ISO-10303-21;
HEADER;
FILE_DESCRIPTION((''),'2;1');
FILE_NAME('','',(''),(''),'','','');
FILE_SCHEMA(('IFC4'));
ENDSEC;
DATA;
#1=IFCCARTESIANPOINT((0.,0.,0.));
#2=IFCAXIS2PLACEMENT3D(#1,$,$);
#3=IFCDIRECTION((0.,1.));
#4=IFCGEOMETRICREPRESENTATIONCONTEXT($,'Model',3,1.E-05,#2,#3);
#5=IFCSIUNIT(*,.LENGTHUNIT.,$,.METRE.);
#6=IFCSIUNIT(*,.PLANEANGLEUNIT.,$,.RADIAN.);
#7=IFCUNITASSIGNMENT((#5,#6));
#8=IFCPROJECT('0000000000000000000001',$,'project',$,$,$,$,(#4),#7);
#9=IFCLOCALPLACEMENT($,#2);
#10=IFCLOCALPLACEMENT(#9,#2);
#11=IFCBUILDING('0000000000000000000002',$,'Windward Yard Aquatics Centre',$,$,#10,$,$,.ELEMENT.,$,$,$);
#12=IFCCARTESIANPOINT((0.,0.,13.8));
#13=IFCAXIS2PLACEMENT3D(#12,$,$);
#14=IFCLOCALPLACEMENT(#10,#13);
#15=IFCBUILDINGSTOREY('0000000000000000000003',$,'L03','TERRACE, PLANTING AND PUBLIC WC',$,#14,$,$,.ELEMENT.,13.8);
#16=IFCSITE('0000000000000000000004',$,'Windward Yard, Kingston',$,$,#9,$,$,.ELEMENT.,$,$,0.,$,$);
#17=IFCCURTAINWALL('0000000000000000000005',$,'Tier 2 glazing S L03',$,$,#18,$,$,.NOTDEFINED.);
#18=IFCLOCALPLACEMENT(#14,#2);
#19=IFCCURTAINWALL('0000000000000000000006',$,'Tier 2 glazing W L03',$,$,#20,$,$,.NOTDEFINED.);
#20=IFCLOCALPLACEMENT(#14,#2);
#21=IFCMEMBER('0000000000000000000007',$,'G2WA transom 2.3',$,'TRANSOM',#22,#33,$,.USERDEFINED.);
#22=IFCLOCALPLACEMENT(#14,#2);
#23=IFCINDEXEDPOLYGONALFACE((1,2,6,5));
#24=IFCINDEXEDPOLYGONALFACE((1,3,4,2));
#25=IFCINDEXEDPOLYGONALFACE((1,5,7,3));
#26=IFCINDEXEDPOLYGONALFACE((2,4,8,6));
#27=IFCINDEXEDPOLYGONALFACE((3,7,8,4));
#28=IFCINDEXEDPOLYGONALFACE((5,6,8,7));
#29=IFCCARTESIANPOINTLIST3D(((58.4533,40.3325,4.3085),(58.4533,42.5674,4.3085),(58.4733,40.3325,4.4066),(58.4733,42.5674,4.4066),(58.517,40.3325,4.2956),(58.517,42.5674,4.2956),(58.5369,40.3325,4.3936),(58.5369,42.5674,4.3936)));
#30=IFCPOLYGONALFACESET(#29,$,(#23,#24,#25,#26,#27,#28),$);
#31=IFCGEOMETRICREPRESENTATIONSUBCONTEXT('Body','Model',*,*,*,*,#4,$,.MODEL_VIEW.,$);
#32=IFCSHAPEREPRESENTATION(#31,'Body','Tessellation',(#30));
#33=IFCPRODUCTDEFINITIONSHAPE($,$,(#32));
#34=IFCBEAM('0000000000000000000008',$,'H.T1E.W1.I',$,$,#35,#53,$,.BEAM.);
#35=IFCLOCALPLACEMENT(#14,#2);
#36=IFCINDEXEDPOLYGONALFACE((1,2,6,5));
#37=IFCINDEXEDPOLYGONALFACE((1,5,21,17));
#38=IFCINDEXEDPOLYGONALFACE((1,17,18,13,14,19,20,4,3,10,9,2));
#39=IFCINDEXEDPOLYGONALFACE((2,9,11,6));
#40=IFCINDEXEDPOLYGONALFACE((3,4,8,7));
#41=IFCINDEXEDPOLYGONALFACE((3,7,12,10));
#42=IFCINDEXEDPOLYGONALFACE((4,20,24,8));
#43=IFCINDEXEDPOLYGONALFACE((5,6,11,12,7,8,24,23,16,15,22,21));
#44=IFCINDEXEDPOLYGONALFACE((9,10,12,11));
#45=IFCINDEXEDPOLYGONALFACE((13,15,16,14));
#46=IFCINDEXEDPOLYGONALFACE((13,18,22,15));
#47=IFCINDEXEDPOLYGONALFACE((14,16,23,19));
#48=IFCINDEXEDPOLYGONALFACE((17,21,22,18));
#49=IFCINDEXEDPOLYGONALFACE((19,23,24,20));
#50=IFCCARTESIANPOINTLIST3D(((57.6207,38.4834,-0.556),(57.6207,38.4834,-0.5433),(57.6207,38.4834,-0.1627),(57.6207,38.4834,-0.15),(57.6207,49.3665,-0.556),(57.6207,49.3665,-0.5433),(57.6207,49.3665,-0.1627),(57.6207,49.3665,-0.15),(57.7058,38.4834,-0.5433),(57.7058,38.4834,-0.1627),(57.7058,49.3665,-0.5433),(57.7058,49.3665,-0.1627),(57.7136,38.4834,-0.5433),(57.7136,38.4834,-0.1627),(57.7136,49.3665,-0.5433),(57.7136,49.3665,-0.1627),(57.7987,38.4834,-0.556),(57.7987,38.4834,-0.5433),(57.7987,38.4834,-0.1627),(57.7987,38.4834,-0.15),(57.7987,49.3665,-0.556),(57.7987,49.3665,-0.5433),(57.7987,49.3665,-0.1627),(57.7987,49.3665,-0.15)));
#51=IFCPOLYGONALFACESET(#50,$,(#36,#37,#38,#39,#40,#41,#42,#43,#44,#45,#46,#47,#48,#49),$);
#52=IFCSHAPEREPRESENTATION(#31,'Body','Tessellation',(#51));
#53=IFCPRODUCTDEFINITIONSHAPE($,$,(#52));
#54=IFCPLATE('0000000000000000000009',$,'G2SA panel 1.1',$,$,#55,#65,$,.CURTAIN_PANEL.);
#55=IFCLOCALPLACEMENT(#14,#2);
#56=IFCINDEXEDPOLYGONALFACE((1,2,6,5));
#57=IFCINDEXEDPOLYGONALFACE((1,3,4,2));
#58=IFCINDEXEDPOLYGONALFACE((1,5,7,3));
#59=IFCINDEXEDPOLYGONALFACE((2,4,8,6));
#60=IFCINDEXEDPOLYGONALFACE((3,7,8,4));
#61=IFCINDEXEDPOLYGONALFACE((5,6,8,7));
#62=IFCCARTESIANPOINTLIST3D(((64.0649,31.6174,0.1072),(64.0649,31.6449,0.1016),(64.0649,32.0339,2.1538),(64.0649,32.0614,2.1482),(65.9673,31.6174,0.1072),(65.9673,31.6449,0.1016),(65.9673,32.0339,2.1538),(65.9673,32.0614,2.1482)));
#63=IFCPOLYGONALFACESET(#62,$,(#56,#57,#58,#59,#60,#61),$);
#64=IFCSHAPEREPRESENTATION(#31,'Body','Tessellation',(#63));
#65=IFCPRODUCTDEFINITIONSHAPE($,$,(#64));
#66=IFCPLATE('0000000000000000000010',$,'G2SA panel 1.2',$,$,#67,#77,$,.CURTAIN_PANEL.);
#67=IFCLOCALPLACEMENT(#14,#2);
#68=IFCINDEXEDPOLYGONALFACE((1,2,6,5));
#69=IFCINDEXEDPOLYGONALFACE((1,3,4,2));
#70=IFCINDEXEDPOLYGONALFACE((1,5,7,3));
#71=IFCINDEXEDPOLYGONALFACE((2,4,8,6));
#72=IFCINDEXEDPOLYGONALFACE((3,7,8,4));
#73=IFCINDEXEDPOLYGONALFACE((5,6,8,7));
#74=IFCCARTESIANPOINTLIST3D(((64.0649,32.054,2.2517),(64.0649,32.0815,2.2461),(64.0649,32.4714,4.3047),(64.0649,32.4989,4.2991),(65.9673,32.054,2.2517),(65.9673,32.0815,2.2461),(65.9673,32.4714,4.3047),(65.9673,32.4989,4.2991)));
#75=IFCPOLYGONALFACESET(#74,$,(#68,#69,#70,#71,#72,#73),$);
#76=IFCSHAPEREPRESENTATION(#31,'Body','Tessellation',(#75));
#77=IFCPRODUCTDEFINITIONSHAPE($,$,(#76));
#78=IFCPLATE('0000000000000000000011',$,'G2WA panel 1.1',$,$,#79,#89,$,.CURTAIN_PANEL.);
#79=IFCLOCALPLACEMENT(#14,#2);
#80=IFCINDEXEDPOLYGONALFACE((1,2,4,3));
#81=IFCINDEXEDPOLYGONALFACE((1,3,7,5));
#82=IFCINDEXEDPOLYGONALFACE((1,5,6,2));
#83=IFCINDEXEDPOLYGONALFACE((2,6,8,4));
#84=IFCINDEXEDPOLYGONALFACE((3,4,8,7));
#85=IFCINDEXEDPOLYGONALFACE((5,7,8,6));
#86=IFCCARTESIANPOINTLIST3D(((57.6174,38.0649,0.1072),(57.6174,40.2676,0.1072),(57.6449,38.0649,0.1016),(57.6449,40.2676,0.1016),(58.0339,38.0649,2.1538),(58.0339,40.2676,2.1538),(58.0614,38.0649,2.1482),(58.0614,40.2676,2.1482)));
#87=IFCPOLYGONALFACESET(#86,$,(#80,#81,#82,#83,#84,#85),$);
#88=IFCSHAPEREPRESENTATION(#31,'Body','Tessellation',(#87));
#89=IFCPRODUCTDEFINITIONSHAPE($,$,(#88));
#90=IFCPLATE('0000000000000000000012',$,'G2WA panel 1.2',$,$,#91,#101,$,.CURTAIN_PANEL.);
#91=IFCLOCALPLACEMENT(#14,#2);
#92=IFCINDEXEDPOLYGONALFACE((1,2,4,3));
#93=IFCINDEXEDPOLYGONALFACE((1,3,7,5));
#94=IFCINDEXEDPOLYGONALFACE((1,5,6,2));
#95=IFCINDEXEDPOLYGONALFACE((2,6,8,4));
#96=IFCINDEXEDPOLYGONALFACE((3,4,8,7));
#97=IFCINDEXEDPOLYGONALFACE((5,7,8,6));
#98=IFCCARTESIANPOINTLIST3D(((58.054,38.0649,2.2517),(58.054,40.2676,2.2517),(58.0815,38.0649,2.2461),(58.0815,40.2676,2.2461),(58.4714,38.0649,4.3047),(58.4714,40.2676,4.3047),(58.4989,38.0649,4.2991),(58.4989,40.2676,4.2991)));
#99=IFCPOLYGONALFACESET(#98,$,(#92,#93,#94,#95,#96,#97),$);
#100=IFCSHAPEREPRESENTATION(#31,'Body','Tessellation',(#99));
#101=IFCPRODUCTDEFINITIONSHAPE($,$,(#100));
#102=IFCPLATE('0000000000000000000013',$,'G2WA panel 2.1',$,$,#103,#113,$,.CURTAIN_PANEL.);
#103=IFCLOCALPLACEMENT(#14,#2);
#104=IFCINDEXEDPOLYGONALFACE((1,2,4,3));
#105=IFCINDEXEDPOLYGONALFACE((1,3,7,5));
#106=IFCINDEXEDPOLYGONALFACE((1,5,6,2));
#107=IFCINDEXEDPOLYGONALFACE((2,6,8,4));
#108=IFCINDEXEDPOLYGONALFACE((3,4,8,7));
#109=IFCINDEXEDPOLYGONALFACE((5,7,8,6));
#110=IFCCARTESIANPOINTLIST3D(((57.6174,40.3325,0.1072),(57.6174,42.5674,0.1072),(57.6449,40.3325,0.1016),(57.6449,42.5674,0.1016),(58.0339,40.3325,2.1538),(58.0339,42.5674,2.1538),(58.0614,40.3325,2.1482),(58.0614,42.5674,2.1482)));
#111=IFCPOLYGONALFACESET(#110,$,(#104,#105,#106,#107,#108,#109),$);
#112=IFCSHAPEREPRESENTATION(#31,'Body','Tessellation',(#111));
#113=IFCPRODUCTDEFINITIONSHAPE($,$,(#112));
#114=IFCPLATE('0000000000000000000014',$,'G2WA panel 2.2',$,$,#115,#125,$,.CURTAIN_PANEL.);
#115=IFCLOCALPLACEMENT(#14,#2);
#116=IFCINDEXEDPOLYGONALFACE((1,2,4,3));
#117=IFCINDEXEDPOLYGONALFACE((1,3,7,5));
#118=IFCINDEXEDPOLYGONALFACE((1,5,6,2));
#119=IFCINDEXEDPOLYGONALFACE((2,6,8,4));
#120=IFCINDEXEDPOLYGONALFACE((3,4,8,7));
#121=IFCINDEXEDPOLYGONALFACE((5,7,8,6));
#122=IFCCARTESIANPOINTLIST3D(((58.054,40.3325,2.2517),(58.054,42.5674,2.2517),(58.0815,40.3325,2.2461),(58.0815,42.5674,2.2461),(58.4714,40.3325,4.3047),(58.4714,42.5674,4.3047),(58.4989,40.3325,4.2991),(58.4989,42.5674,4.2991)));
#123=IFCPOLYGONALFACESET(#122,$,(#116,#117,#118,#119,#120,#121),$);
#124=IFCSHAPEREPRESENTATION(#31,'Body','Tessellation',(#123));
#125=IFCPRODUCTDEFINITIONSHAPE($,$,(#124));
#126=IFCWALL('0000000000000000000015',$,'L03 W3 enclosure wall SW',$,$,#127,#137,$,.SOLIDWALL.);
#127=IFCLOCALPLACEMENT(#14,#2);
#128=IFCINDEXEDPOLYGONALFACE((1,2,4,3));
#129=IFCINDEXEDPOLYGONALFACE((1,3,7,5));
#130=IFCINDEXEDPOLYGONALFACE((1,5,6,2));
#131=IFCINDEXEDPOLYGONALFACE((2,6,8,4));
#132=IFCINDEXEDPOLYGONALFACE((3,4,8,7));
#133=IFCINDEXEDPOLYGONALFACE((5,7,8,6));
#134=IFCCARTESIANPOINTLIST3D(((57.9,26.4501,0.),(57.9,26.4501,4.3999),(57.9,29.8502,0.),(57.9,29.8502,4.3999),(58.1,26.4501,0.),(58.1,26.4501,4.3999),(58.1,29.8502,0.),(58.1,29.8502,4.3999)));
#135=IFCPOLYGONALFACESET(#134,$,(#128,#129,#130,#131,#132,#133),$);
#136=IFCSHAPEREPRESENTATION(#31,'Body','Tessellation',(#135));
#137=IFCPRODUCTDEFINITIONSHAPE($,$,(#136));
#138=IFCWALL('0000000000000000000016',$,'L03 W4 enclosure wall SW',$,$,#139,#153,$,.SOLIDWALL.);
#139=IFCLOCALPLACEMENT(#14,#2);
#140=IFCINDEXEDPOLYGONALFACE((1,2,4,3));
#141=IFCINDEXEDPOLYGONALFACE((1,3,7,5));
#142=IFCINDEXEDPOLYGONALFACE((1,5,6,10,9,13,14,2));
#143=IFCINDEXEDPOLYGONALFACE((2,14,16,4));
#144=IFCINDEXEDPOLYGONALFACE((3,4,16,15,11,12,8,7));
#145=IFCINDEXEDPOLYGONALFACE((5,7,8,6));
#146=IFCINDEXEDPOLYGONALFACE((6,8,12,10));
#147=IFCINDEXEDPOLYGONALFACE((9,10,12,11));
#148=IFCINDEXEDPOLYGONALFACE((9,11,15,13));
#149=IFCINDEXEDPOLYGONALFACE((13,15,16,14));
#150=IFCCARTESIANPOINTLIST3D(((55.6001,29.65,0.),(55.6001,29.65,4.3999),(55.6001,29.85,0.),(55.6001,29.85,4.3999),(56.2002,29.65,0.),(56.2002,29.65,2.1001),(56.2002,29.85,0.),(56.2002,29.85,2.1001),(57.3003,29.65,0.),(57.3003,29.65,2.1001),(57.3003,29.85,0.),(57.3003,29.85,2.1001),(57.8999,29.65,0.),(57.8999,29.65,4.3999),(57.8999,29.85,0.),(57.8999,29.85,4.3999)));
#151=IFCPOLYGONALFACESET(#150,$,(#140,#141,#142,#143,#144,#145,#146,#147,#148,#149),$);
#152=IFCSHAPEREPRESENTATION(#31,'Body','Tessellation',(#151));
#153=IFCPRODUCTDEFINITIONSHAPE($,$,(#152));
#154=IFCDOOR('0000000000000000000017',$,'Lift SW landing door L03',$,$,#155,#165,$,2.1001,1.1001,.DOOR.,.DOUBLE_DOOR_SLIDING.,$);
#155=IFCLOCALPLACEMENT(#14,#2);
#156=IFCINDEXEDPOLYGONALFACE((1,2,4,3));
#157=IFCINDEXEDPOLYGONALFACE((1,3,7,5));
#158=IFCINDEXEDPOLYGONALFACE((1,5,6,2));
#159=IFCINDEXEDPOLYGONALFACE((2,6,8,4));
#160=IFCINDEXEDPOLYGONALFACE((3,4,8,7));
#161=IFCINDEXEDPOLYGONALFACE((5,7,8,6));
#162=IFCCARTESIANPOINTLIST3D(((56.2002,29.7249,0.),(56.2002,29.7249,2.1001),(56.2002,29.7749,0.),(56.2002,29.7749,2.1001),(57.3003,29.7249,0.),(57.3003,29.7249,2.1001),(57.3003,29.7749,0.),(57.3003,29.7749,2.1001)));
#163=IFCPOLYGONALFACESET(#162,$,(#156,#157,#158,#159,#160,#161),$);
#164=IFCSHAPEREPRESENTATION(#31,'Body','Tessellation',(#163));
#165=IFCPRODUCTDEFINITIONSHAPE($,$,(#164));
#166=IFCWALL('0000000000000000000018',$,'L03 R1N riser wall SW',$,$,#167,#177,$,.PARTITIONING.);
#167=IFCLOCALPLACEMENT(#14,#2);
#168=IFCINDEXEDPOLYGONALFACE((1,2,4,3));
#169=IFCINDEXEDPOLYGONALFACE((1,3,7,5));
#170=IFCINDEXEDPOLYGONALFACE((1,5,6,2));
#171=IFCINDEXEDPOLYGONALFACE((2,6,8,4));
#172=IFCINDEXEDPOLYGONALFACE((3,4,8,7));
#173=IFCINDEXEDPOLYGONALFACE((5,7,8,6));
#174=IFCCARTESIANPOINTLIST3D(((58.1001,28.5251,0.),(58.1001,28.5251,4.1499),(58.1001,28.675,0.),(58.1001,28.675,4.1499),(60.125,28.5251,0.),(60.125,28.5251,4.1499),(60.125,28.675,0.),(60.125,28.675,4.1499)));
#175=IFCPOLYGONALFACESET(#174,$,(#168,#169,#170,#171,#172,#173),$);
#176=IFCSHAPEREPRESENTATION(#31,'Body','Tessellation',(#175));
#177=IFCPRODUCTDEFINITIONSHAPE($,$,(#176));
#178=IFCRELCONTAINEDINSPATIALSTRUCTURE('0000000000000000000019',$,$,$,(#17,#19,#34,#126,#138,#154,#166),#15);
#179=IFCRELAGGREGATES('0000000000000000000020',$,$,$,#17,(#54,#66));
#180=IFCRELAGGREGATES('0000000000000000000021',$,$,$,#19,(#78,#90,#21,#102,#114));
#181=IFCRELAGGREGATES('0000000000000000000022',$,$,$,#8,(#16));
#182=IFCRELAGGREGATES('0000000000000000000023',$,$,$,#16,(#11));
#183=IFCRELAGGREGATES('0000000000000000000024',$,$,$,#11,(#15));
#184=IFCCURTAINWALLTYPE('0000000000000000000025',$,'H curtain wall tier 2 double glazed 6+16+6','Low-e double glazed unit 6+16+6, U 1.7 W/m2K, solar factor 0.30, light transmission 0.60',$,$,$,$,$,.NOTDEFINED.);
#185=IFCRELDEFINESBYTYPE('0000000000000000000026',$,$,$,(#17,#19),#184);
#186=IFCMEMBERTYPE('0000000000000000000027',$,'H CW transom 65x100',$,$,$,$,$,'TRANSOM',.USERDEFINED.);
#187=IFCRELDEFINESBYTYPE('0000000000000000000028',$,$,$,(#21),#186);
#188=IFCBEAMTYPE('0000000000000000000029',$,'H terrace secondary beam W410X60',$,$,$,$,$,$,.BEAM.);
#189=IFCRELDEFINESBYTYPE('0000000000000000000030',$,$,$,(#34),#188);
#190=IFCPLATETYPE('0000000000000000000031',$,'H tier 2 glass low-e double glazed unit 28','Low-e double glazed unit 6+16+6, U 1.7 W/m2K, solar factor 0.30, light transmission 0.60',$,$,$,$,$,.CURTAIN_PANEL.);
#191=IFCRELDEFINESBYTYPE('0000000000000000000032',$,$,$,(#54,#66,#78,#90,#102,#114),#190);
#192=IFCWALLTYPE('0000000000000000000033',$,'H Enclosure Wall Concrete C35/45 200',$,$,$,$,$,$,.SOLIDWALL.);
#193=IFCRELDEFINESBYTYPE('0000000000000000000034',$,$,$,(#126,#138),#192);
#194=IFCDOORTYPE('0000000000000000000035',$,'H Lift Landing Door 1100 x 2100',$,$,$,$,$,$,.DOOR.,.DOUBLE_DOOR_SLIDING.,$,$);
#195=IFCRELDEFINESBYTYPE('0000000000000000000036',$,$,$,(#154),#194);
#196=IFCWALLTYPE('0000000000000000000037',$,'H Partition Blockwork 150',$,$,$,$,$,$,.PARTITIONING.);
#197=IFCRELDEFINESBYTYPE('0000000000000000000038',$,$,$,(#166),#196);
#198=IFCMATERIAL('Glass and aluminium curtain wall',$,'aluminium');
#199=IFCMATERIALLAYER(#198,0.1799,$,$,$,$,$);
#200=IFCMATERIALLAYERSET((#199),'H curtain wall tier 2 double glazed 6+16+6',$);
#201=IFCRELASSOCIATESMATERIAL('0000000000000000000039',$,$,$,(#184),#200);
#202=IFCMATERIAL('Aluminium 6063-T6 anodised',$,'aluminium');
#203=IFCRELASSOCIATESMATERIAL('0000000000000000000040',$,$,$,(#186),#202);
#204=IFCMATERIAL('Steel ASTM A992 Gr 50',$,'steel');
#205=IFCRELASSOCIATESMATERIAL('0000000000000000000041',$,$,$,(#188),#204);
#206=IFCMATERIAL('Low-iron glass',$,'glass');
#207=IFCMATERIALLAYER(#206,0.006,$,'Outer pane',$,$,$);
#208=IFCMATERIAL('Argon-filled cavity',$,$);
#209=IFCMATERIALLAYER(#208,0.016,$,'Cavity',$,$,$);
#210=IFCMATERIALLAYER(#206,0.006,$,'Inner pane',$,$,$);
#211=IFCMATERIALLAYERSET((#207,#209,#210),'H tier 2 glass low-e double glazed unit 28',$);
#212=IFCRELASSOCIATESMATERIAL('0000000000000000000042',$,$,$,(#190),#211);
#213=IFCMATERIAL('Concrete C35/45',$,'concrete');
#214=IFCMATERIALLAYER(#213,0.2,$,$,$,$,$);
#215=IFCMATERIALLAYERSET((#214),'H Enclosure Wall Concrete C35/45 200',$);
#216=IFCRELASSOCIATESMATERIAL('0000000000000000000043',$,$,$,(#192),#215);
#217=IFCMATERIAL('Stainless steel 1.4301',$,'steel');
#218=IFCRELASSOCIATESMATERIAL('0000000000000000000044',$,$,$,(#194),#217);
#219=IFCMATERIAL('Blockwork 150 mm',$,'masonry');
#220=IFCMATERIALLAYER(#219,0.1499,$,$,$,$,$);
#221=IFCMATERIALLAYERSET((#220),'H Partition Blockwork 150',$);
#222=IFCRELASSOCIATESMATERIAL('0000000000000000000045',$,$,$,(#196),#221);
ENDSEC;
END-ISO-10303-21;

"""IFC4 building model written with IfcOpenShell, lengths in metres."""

from ifc_helpers import new_model, si_unit, direction, frame, frame_2d, origin, origin_2d, place, context, subcontext, project, spatial, polyline, rectangle, i_section, outline, extrude, material, layer, layer_set, material_profile, profile_set, type_object, element, fill, aggregate, save


model = new_model("IFC4")

# Units and contexts
model_context = context("Model", 3, precision=1e-05, world=origin(), true_north=direction((0.0, 1.0)))
body_context = subcontext(model_context, "Body", "Model", "MODEL_VIEW")
ifc_project = project(units=[si_unit("LENGTHUNIT", "METRE"), si_unit("PLANEANGLEUNIT", "RADIAN")], contexts=[model_context])

# Site, building, storey
site_placement = place(None, origin())
site = spatial("IfcSite", under=ifc_project, at=site_placement, Name="Windward Yard, Kingston", CompositionType="ELEMENT", RefElevation=0.0)
building_placement = place(site_placement, origin())
building = spatial("IfcBuilding", under=site, at=building_placement, Name="Windward Yard Aquatics Centre", CompositionType="ELEMENT")
storey_placement = place(building_placement, frame((0.0, 0.0, 13.8)))
storey = spatial("IfcBuildingStorey", under=building, at=storey_placement, Name="L03", Description="TERRACE, PLANTING AND PUBLIC WC", CompositionType="ELEMENT", Elevation=13.8)

# Curtain wall
ifc_material_1 = material(Name="Glass and aluminium curtain wall", Category="aluminium")
ifc_layer_1 = layer(ifc_material_1, 0.1799)
ifc_layer_set_1 = layer_set([ifc_layer_1], Name="H curtain wall tier 2 double glazed 6+16+6")
curtain_wall_type = type_object("IfcCurtainWallType", Name="H curtain wall tier 2 double glazed 6+16+6", Description="Low-e double glazed unit 6+16+6, U 1.7 W/m2K, solar factor 0.30, light transmission 0.60", PredefinedType="NOTDEFINED", material=ifc_layer_set_1)
curtain_wall_1_placement = place(storey_placement, origin())
curtain_wall_1 = element("IfcCurtainWall", 1, at=curtain_wall_1_placement, inside=storey, type_object=curtain_wall_type, Name="Tier 2 glazing S L03", PredefinedType="NOTDEFINED")
ifc_material_2 = material(Name="Aluminium 6063-T6 anodised", Category="aluminium")

# Curtain wall
curtain_wall_2_placement = place(storey_placement, origin())
curtain_wall_2 = element("IfcCurtainWall", 2, at=curtain_wall_2_placement, inside=storey, type_object=curtain_wall_type, Name="Tier 2 glazing W L03", PredefinedType="NOTDEFINED")

# Member
ifc_material_profile_1 = material_profile(ifc_material_2, rectangle(XDim=0.0649, YDim=0.1001, at=origin_2d()), Name="H CW transom 65x100")
ifc_profile_set_1 = profile_set([ifc_material_profile_1], Name="Aluminium 6063-T6 anodised")
member_type_1 = type_object("IfcMemberType", Name="H CW transom 65x100", ElementType="TRANSOM", PredefinedType="USERDEFINED", material=ifc_profile_set_1)
member_1_placement = place(storey_placement, frame((58.4951, 40.3325, 4.3511), z_axis=(0.0, 1.0, 0.0), x_axis=(-0.979925, 0.0, 0.199368)))
member_1 = element("IfcMember", 3, at=member_1_placement, type_object=member_type_1, Name="G2WA transom 2.3", ObjectType="TRANSOM", PredefinedType="USERDEFINED", context=body_context, shape_type="SweptSolid", body=[
    extrude(rectangle(XDim=0.0649, YDim=0.1001, at=origin_2d()), origin(), (0.0, 0.0, 1.0), 2.2349),
])

# Beam
ifc_material_3 = material(Name="Steel ASTM A992 Gr 50", Category="steel")
ifc_material_profile_2 = material_profile(ifc_material_3, i_section(OverallWidth=0.178, OverallDepth=0.406, WebThickness=0.0078, FlangeThickness=0.0127, at=origin_2d()), Name="W410X60")
ifc_profile_set_2 = profile_set([ifc_material_profile_2], Name="Steel ASTM A992 Gr 50")
beam_type = type_object("IfcBeamType", Name="H terrace secondary beam W410X60", PredefinedType="BEAM", material=ifc_profile_set_2)
beam_placement = place(storey_placement, frame((57.7097, 38.4834, -0.353), z_axis=(0.0, 1.0, 0.0), x_axis=(-1.0, 0.0, 0.0)))
element("IfcBeam", 4, at=beam_placement, inside=storey, type_object=beam_type, Name="H.T1E.W1.I", PredefinedType="BEAM", context=body_context, shape_type="SweptSolid", body=[
    extrude(i_section(OverallWidth=0.178, OverallDepth=0.406, WebThickness=0.0078, FlangeThickness=0.0127, at=origin_2d()), origin(), (0.0, 0.0, 1.0), 10.8831),
])

# Plates
ifc_material_4 = material(Name="Low-iron glass", Category="glass")
ifc_layer_2 = layer(ifc_material_4, 0.006, Name="Outer pane")
ifc_material_5 = material(Name="Argon-filled cavity")
ifc_layer_3 = layer(ifc_material_5, 0.016, Name="Cavity")
ifc_layer_4 = layer(ifc_material_4, 0.006, Name="Inner pane")
ifc_layer_set_2 = layer_set([ifc_layer_2, ifc_layer_3, ifc_layer_4], Name="H tier 2 glass low-e double glazed unit 28")
plate_type = type_object("IfcPlateType", Name="H tier 2 glass low-e double glazed unit 28", Description="Low-e double glazed unit 6+16+6, U 1.7 W/m2K, solar factor 0.30, light transmission 0.60", PredefinedType="CURTAIN_PANEL", material=ifc_layer_set_2)
plate_1_placement = place(storey_placement, frame((64.0649, 31.6174, 0.1072), z_axis=(0.0, -0.979914, 0.199419), x_axis=(1.0, 0.0, 0.0)))
plate_1 = element("IfcPlate", 5, at=plate_1_placement, type_object=plate_type, Name="G2SA panel 1.1", PredefinedType="CURTAIN_PANEL", context=body_context, shape_type="SweptSolid", body=[
    extrude(outline(polyline([(0.0, 0.0), (1.9023, 0.0), (1.9023, 2.0886), (0.0, 2.0886), (0.0, 0.0)])), origin(), (0.0, 0.0, -1.0), 0.0281),
])
plate_2_placement = place(storey_placement, frame((64.0649, 32.054, 2.2517), z_axis=(0.0, -0.979944, 0.199275), x_axis=(1.0, 0.0, 0.0)))
plate_2 = element("IfcPlate", 6, at=plate_2_placement, type_object=plate_type, Name="G2SA panel 1.2", PredefinedType="CURTAIN_PANEL", context=body_context, shape_type="SweptSolid", body=[
    extrude(outline(polyline([(0.0, 0.0), (1.9023, 0.0), (1.9023, 2.095), (0.0, 2.095), (0.0, 0.0)])), origin(), (0.0, 0.0, -1.0), 0.0281),
])
aggregate(curtain_wall_1, [plate_1, plate_2])
plate_3_placement = place(storey_placement, frame((57.6174, 38.0649, 0.1072), z_axis=(-0.979914, 0.0, 0.199419), x_axis=(0.0, 1.0, 0.0)))
plate_3 = element("IfcPlate", 7, at=plate_3_placement, type_object=plate_type, Name="G2WA panel 1.1", PredefinedType="CURTAIN_PANEL", context=body_context, shape_type="SweptSolid", body=[
    extrude(outline(polyline([(0.0, 0.0), (2.2026, 0.0), (2.2026, -2.0886), (0.0, -2.0886), (0.0, 0.0)])), origin(), (0.0, 0.0, -1.0), 0.0281),
])
plate_4_placement = place(storey_placement, frame((58.054, 38.0649, 2.2517), z_axis=(-0.979944, 0.0, 0.199275), x_axis=(0.0, 1.0, 0.0)))
plate_4 = element("IfcPlate", 8, at=plate_4_placement, type_object=plate_type, Name="G2WA panel 1.2", PredefinedType="CURTAIN_PANEL", context=body_context, shape_type="SweptSolid", body=[
    extrude(outline(polyline([(0.0, 0.0), (2.2026, 0.0), (2.2026, -2.095), (0.0, -2.095), (0.0, 0.0)])), origin(), (0.0, 0.0, -1.0), 0.0281),
])
plate_5_placement = place(storey_placement, frame((57.6174, 40.3325, 0.1072), z_axis=(-0.979914, 0.0, 0.199419), x_axis=(0.0, 1.0, 0.0)))
plate_5 = element("IfcPlate", 9, at=plate_5_placement, type_object=plate_type, Name="G2WA panel 2.1", PredefinedType="CURTAIN_PANEL", context=body_context, shape_type="SweptSolid", body=[
    extrude(outline(polyline([(0.0, 0.0), (2.2349, 0.0), (2.2349, -2.0886), (0.0, -2.0886), (0.0, 0.0)])), origin(), (0.0, 0.0, -1.0), 0.0281),
])
plate_6_placement = place(storey_placement, frame((58.054, 40.3325, 2.2517), z_axis=(-0.979944, 0.0, 0.199275), x_axis=(0.0, 1.0, 0.0)))
plate_6 = element("IfcPlate", 10, at=plate_6_placement, type_object=plate_type, Name="G2WA panel 2.2", PredefinedType="CURTAIN_PANEL", context=body_context, shape_type="SweptSolid", body=[
    extrude(outline(polyline([(0.0, 0.0), (2.2349, 0.0), (2.2349, -2.095), (0.0, -2.095), (0.0, 0.0)])), origin(), (0.0, 0.0, -1.0), 0.0281),
])
aggregate(curtain_wall_2, [plate_3, plate_4, member_1, plate_5, plate_6])

# Wall
ifc_material_6 = material(Name="Concrete C35/45", Category="concrete")
ifc_layer_5 = layer(ifc_material_6, 0.2)
ifc_layer_set_3 = layer_set([ifc_layer_5], Name="H Enclosure Wall Concrete C35/45 200")
wall_type_1 = type_object("IfcWallType", Name="H Enclosure Wall Concrete C35/45 200", PredefinedType="SOLIDWALL", material=ifc_layer_set_3)
wall_1_placement = place(storey_placement, frame((58.0, 26.45, 0.0), z_axis=(0.0, 0.0, 1.0), x_axis=(0.0, 1.0, 0.0)))
element("IfcWall", 11, at=wall_1_placement, inside=storey, type_object=wall_type_1, Name="L03 W3 enclosure wall SW", PredefinedType="SOLIDWALL", context=body_context, shape_type="SweptSolid", body=[
    extrude(rectangle(XDim=3.4001, YDim=0.2, at=frame_2d((1.7002, 0.0))), origin(), (0.0, 0.0, 1.0), 4.3999),
])

# Wall, opening, door
wall_2_placement = place(storey_placement, frame((55.6001, 29.75, 0.0), z_axis=(0.0, 0.0, 1.0), x_axis=(1.0, 0.0, 0.0)))
wall_2 = element("IfcWall", 12, at=wall_2_placement, inside=storey, type_object=wall_type_1, Name="L03 W4 enclosure wall SW", PredefinedType="SOLIDWALL", context=body_context, shape_type="SweptSolid", body=[
    extrude(rectangle(XDim=2.2998, YDim=0.2, at=frame_2d((1.1499, 0.0))), origin(), (0.0, 0.0, 1.0), 4.3999),
])
opening_1_placement = place(wall_2_placement, frame((0.6001, 0.0, 0.0)))
opening_1 = element("IfcOpeningElement", 13, at=opening_1_placement, cuts=wall_2, PredefinedType="OPENING", context=body_context, shape_type="SweptSolid", body=[
    extrude(rectangle(XDim=1.1001, YDim=2.1001, at=frame_2d((0.55, 1.05))), frame((0.0, 0.1099, 0.0), z_axis=(0.0, -1.0, 0.0), x_axis=(1.0, 0.0, 0.0)), (0.0, 0.0, 1.0), 0.22),
])
ifc_material_7 = material(Name="Stainless steel 1.4301", Category="steel")
door_type_1 = type_object("IfcDoorType", Name="H Lift Landing Door 1100 x 2100", OperationType="DOUBLE_DOOR_SLIDING", PredefinedType="DOOR", material=ifc_material_7)
door_1_placement = place(opening_1_placement, origin())
door_1 = element("IfcDoor", 14, at=door_1_placement, inside=storey, type_object=door_type_1, Name="Lift SW landing door L03", OperationType="DOUBLE_DOOR_SLIDING", OverallHeight=2.1001, OverallWidth=1.1001, PredefinedType="DOOR", context=body_context, shape_type="SweptSolid", body=[
    extrude(rectangle(XDim=1.1001, YDim=2.1001, at=frame_2d((0.55, 1.05))), frame((0.0, 0.0249, 0.0), z_axis=(0.0, -1.0, 0.0), x_axis=(1.0, 0.0, 0.0)), (0.0, 0.0, 1.0), 0.05),
])
fill(opening_1, door_1)

# Wall
ifc_material_8 = material(Name="Blockwork 150 mm", Category="masonry")
ifc_layer_6 = layer(ifc_material_8, 0.1499)
ifc_layer_set_4 = layer_set([ifc_layer_6], Name="H Partition Blockwork 150")
wall_type_2 = type_object("IfcWallType", Name="H Partition Blockwork 150", PredefinedType="PARTITIONING", material=ifc_layer_set_4)
wall_3_placement = place(storey_placement, frame((58.1001, 28.6001, 0.0), z_axis=(0.0, 0.0, 1.0), x_axis=(1.0, 0.0, 0.0)))
element("IfcWall", 15, at=wall_3_placement, inside=storey, type_object=wall_type_2, Name="L03 R1N riser wall SW", PredefinedType="PARTITIONING", context=body_context, shape_type="SweptSolid", body=[
    extrude(rectangle(XDim=2.0249, YDim=0.1499, at=frame_2d((1.0125, 0.0))), origin(), (0.0, 0.0, 1.0), 4.1499),
])

save(model, "model.ifc")
